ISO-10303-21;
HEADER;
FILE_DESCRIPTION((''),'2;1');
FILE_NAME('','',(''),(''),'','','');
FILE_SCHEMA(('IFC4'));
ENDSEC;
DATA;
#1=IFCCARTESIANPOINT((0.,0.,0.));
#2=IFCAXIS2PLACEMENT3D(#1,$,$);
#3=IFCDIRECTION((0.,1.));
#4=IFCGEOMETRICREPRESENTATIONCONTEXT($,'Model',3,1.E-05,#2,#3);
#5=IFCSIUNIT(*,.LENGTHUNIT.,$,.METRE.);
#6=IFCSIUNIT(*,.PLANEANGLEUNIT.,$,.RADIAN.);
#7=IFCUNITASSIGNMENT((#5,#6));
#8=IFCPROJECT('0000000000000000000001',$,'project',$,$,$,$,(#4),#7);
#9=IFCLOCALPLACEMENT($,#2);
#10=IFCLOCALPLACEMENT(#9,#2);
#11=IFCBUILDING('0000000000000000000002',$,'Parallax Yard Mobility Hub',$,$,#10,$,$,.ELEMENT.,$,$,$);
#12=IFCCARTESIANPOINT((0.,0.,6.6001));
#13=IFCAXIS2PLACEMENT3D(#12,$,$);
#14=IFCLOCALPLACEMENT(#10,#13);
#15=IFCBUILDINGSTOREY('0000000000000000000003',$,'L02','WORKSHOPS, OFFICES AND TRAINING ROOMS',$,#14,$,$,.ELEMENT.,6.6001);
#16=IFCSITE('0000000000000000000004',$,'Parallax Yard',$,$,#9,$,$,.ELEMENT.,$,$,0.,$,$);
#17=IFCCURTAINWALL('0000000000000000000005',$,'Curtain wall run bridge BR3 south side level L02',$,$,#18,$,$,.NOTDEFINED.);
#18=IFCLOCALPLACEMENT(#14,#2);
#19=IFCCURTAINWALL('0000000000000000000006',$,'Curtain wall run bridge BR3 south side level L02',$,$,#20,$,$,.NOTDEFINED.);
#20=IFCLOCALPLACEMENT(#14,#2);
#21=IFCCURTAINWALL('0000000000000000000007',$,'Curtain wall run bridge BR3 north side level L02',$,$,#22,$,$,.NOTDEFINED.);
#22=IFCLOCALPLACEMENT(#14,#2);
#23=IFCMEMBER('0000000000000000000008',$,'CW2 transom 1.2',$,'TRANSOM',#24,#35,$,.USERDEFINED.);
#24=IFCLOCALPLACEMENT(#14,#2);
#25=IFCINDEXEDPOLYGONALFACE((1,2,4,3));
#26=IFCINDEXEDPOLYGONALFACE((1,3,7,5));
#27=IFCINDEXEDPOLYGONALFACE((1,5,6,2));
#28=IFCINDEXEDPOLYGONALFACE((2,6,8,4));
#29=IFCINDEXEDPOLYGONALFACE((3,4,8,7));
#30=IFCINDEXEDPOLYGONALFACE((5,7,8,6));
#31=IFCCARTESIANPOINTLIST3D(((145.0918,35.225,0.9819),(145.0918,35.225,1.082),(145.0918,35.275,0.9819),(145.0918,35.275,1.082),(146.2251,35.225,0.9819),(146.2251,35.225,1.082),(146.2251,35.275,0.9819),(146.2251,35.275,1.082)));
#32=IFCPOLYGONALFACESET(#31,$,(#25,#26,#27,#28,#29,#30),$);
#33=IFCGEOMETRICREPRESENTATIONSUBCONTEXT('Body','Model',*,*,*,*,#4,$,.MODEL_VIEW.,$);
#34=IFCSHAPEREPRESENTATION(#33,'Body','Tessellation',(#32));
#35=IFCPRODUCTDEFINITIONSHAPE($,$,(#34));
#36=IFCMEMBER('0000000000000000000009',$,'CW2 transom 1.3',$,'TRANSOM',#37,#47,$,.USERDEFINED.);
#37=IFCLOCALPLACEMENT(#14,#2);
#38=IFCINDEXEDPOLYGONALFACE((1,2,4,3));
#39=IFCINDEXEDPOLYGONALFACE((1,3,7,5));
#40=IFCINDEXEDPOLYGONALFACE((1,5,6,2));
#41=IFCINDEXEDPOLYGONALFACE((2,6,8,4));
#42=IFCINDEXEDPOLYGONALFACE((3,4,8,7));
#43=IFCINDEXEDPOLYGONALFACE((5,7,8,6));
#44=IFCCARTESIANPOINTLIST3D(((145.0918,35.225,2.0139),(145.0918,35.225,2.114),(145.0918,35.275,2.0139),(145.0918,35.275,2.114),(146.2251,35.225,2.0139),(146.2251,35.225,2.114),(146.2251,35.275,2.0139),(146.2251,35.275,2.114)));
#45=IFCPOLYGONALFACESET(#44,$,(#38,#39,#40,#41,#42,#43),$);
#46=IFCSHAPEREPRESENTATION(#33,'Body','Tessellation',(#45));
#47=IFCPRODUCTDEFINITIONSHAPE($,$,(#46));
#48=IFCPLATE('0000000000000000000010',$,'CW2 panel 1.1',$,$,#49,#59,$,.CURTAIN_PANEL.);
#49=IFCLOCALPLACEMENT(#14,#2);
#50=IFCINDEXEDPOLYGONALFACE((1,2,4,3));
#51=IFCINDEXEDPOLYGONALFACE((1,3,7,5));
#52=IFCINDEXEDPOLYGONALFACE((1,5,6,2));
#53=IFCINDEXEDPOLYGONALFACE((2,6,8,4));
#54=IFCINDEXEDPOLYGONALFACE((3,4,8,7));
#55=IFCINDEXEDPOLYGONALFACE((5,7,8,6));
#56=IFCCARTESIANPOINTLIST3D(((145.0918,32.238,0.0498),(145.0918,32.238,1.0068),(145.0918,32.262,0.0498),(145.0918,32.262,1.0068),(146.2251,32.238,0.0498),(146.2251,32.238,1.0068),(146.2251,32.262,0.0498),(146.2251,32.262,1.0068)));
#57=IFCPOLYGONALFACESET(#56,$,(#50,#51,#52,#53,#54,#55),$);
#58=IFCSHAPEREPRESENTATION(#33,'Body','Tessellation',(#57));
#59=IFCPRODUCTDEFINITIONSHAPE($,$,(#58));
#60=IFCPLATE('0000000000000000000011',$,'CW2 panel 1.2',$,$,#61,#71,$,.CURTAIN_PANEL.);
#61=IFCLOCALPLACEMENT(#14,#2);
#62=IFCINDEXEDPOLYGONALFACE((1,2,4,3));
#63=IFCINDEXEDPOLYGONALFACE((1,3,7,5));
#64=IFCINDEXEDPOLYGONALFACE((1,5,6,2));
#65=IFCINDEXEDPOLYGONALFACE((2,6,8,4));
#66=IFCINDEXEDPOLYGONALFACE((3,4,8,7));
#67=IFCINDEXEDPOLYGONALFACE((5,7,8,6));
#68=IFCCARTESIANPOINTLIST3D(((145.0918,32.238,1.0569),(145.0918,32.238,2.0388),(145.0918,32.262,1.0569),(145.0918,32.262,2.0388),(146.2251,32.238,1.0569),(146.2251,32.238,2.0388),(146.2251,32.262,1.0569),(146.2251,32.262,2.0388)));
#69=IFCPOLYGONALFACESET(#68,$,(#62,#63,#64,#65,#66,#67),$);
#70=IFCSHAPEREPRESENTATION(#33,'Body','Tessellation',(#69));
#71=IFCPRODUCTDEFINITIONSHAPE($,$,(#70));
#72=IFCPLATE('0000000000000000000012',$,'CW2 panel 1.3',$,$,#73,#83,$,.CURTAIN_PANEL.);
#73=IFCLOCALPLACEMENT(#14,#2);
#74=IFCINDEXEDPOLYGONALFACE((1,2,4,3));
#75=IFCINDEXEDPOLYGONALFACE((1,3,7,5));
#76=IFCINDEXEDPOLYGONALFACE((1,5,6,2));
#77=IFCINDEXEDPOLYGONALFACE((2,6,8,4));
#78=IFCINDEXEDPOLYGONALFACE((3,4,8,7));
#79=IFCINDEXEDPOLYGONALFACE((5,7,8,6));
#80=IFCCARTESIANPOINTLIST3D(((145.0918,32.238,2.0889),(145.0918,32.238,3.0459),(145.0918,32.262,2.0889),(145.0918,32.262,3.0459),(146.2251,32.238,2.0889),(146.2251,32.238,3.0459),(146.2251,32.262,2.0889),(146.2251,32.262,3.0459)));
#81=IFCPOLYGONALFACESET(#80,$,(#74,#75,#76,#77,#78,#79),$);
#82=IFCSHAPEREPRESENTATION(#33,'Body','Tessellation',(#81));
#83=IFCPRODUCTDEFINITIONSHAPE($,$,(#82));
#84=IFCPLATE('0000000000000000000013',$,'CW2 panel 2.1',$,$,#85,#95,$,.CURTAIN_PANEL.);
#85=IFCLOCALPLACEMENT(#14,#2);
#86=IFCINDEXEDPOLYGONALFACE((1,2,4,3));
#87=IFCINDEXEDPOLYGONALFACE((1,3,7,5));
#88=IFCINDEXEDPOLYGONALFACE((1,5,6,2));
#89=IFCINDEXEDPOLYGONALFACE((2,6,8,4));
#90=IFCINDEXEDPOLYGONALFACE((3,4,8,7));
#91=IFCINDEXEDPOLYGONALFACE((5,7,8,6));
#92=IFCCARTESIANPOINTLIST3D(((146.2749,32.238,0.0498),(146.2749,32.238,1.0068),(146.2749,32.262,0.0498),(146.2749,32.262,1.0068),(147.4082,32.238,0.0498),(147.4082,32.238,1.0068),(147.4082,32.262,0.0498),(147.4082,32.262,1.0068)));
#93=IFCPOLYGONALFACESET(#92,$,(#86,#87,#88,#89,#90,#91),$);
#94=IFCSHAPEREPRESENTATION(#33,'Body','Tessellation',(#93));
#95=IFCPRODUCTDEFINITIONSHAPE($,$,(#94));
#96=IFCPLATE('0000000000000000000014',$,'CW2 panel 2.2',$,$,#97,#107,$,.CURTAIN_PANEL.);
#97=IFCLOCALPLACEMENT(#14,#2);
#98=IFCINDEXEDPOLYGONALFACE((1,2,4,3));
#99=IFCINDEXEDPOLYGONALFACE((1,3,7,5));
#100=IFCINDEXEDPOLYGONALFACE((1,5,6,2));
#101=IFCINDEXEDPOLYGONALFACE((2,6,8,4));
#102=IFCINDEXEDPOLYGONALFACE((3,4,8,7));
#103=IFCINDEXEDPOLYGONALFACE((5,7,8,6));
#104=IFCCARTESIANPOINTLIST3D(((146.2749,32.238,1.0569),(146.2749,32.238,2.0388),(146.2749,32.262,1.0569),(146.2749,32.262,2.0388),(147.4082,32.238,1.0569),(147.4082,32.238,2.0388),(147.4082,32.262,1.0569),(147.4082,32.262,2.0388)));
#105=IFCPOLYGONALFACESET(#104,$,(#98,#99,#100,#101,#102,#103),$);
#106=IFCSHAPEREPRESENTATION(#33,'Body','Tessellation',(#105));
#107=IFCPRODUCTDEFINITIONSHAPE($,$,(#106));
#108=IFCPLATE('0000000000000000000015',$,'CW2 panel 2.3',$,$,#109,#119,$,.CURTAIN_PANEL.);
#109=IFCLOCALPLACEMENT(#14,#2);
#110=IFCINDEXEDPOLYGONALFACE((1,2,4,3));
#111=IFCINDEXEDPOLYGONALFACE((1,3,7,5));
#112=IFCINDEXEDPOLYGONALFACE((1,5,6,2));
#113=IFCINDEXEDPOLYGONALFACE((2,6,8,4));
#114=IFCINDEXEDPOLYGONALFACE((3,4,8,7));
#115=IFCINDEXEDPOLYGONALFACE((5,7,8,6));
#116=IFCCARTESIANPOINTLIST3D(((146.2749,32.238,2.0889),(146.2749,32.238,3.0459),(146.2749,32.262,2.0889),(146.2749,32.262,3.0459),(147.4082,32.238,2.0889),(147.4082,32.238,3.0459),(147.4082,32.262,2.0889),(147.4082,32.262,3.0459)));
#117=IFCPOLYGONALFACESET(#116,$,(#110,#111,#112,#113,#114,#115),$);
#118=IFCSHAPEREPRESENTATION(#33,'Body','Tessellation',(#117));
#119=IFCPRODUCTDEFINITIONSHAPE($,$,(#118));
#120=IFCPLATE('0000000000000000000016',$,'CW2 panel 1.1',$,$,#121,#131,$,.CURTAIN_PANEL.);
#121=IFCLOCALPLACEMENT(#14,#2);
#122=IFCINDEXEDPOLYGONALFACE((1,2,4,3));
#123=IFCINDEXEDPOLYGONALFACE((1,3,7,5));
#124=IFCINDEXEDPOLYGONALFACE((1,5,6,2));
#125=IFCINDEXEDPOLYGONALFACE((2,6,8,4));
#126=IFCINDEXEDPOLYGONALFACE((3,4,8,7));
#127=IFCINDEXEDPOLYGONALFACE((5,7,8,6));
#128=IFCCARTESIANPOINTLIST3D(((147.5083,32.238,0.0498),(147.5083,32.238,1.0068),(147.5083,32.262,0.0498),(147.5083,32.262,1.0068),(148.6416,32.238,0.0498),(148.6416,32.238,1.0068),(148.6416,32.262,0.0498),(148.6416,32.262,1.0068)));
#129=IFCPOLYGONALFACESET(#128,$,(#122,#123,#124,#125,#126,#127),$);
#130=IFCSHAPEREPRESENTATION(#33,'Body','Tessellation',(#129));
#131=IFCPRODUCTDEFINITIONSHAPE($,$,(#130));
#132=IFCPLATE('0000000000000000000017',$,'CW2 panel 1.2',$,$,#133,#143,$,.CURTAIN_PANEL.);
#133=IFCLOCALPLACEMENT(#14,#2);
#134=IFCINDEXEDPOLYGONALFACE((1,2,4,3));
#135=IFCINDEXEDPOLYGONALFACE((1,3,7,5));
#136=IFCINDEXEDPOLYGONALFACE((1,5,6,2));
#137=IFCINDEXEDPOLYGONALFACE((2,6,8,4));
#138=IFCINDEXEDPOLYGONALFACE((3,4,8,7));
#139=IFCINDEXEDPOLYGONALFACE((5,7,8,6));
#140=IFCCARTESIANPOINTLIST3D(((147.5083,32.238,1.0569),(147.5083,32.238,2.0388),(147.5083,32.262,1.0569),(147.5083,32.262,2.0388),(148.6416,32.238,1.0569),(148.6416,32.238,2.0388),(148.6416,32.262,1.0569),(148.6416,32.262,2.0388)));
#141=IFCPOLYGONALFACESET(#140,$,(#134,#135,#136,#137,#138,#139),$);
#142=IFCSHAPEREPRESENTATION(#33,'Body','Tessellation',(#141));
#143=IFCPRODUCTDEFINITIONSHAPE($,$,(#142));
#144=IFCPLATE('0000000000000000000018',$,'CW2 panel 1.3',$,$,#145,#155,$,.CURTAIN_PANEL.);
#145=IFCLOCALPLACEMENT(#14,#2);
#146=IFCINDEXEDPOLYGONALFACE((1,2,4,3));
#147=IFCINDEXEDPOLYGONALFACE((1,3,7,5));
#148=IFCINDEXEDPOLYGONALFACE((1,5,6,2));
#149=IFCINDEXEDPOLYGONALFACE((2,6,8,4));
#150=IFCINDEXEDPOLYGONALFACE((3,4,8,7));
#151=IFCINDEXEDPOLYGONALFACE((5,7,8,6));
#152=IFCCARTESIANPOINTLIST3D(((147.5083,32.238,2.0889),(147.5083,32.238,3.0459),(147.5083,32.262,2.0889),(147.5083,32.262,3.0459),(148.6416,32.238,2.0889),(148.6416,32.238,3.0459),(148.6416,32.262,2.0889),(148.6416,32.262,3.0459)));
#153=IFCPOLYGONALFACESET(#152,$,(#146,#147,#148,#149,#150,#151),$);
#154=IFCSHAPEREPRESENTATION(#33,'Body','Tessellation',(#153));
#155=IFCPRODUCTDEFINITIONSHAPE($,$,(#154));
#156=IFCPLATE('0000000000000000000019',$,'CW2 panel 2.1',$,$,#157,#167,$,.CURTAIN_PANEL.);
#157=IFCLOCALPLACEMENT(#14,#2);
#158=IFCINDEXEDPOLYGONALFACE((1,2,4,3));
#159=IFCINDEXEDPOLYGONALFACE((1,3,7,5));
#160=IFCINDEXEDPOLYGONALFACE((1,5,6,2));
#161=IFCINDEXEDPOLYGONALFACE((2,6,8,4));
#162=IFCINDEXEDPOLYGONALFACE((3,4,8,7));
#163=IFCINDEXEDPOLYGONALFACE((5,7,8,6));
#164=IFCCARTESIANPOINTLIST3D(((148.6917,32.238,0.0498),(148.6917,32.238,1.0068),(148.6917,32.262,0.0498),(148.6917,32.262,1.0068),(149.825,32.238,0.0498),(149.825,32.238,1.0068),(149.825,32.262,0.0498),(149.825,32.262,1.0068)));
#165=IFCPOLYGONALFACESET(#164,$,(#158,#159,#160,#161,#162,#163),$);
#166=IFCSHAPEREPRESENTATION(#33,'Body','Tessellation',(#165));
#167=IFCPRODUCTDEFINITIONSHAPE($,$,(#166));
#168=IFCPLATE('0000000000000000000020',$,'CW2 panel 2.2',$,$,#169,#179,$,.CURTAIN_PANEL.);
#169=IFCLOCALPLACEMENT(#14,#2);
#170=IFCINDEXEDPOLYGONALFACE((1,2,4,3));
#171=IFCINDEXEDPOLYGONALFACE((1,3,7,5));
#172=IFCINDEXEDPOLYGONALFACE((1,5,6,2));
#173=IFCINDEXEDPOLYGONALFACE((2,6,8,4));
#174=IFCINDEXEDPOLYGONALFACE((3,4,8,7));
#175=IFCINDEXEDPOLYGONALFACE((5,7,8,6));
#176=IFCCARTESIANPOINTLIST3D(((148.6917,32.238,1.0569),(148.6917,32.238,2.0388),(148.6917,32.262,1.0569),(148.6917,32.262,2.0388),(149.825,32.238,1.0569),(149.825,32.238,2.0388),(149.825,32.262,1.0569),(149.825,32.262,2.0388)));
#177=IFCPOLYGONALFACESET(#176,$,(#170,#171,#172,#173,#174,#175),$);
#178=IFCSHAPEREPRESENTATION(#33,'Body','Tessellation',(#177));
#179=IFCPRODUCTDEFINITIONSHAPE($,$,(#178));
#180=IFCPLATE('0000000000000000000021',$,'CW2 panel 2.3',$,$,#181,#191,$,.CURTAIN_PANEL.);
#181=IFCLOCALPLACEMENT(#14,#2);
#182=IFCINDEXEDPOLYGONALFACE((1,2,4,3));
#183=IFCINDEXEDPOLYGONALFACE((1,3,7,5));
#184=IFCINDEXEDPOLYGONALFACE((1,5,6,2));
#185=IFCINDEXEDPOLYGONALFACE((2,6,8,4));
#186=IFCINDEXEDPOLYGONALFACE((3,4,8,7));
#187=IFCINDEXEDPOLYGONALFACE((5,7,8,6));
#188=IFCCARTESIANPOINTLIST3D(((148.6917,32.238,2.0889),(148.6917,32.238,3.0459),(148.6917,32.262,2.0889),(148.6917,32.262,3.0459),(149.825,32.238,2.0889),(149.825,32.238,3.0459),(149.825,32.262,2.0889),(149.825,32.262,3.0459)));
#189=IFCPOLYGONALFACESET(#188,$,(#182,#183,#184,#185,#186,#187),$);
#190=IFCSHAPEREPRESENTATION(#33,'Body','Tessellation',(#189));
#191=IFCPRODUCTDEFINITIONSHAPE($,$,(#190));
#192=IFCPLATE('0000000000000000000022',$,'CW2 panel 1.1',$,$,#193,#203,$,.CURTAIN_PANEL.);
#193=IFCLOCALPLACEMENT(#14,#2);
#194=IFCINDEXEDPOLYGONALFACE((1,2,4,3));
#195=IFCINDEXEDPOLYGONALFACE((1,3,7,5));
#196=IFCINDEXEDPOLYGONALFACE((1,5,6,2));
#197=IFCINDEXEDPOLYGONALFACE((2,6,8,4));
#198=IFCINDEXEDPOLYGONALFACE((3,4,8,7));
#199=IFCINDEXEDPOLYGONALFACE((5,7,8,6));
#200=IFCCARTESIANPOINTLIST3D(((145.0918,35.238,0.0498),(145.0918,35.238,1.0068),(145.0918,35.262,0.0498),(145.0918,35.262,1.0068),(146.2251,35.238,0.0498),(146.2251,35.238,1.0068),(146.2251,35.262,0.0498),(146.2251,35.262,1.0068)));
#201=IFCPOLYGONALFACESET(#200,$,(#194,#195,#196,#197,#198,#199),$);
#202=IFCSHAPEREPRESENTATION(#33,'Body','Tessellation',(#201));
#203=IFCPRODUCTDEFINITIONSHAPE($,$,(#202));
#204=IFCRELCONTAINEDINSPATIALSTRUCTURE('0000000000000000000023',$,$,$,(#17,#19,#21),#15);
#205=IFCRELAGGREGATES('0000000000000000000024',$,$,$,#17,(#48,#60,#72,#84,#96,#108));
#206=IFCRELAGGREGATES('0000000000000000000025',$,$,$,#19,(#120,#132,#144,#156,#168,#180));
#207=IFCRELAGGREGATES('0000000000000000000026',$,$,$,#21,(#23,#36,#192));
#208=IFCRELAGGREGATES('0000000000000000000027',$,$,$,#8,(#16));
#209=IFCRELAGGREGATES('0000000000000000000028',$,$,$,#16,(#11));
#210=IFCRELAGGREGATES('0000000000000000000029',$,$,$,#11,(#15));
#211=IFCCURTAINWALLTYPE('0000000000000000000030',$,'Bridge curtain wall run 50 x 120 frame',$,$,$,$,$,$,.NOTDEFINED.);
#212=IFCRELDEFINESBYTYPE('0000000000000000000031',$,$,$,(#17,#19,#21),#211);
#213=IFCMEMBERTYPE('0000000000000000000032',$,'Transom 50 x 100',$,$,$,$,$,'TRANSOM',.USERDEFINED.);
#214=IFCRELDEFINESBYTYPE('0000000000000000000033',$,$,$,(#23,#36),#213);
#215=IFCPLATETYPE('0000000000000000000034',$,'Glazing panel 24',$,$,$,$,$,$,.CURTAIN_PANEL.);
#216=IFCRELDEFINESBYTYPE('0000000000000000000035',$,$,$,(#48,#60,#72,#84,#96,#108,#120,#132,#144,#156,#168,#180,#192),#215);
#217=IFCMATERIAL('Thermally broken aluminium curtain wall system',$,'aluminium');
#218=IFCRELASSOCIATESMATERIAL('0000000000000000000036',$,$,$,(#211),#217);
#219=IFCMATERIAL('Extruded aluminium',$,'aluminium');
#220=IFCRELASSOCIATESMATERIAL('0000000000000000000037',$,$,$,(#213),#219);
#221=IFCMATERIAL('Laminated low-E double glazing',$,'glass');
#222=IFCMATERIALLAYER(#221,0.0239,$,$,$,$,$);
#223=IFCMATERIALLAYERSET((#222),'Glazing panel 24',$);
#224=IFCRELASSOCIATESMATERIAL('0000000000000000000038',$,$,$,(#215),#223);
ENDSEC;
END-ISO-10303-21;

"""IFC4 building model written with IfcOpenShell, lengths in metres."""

from ifc_helpers import new_model, si_unit, direction, frame, origin, origin_2d, place, context, subcontext, project, spatial, rectangle, extrude, material, layer, layer_set, material_profile, profile_set, type_object, element, aggregate, save


model = new_model("IFC4")

# Units and contexts
model_context = context("Model", 3, precision=1e-05, world=origin(), true_north=direction((0.0, 1.0)))
body_context = subcontext(model_context, "Body", "Model", "MODEL_VIEW")
ifc_project = project(units=[si_unit("LENGTHUNIT", "METRE"), si_unit("PLANEANGLEUNIT", "RADIAN")], contexts=[model_context])

# Site, building, storey
site_placement = place(None, origin())
site = spatial("IfcSite", under=ifc_project, at=site_placement, Name="Parallax Yard", CompositionType="ELEMENT", RefElevation=0.0)
building_placement = place(site_placement, origin())
building = spatial("IfcBuilding", under=site, at=building_placement, Name="Parallax Yard Mobility Hub", CompositionType="ELEMENT")
storey_placement = place(building_placement, frame((0.0, 0.0, 6.6001)))
storey = spatial("IfcBuildingStorey", under=building, at=storey_placement, Name="L02", Description="WORKSHOPS, OFFICES AND TRAINING ROOMS", CompositionType="ELEMENT", Elevation=6.6001)

# Curtain walls
ifc_material_1 = material(Name="Thermally broken aluminium curtain wall system", Category="aluminium")
curtain_wall_type = type_object("IfcCurtainWallType", Name="Bridge curtain wall run 50 x 120 frame", PredefinedType="NOTDEFINED", material=ifc_material_1)
curtain_wall_1_placement = place(storey_placement, origin())
curtain_wall_1 = element("IfcCurtainWall", 1, at=curtain_wall_1_placement, inside=storey, type_object=curtain_wall_type, Name="Curtain wall run bridge BR3 south side level L02", PredefinedType="NOTDEFINED")
ifc_material_2 = material(Name="Extruded aluminium", Category="aluminium")
curtain_wall_2_placement = place(storey_placement, origin())
curtain_wall_2 = element("IfcCurtainWall", 2, at=curtain_wall_2_placement, inside=storey, type_object=curtain_wall_type, Name="Curtain wall run bridge BR3 south side level L02", PredefinedType="NOTDEFINED")

# Shared definitions
ifc_material_profile_1 = material_profile(ifc_material_2, rectangle(XDim=0.05, YDim=0.1001, at=origin_2d()), Name="Transom 50 x 100")
ifc_profile_set_1 = profile_set([ifc_material_profile_1], Name="Extruded aluminium")
member_type_1 = type_object("IfcMemberType", Name="Transom 50 x 100", ElementType="TRANSOM", PredefinedType="USERDEFINED", material=ifc_profile_set_1)

# Curtain wall, members
curtain_wall_3_placement = place(storey_placement, origin())
curtain_wall_3 = element("IfcCurtainWall", 3, at=curtain_wall_3_placement, inside=storey, type_object=curtain_wall_type, Name="Curtain wall run bridge BR3 north side level L02", PredefinedType="NOTDEFINED")
member_1_placement = place(storey_placement, frame((145.0918, 35.25, 1.032), z_axis=(1.0, 0.0, 0.0), x_axis=(0.0, 1.0, 0.0)))
member_1 = element("IfcMember", 4, at=member_1_placement, type_object=member_type_1, Name="CW2 transom 1.2", ObjectType="TRANSOM", PredefinedType="USERDEFINED", context=body_context, shape_type="SweptSolid", body=[
    extrude(rectangle(XDim=0.05, YDim=0.1001, at=origin_2d()), origin(), (0.0, 0.0, 1.0), 1.1333),
])
member_2_placement = place(storey_placement, frame((145.0918, 35.25, 2.064), z_axis=(1.0, 0.0, 0.0), x_axis=(0.0, 1.0, 0.0)))
member_2 = element("IfcMember", 5, at=member_2_placement, type_object=member_type_1, Name="CW2 transom 1.3", ObjectType="TRANSOM", PredefinedType="USERDEFINED", context=body_context, shape_type="SweptSolid", body=[
    extrude(rectangle(XDim=0.05, YDim=0.1001, at=origin_2d()), origin(), (0.0, 0.0, 1.0), 1.1333),
])

# Plates
ifc_material_3 = material(Name="Laminated low-E double glazing", Category="glass")
ifc_layer = layer(ifc_material_3, 0.0239)
ifc_layer_set = layer_set([ifc_layer], Name="Glazing panel 24")
plate_type = type_object("IfcPlateType", Name="Glazing panel 24", PredefinedType="CURTAIN_PANEL", material=ifc_layer_set)
plate_1_placement = place(storey_placement, frame((145.6584, 32.25, 0.0498), z_axis=(0.0, 0.0, 1.0), x_axis=(1.0, 0.0, 0.0)))
plate_1 = element("IfcPlate", 6, at=plate_1_placement, type_object=plate_type, Name="CW2 panel 1.1", PredefinedType="CURTAIN_PANEL", context=body_context, shape_type="SweptSolid", body=[
    extrude(rectangle(XDim=1.1333, YDim=0.0239, at=origin_2d()), origin(), (0.0, 0.0, 1.0), 0.957),
])
plate_2_placement = place(storey_placement, frame((145.6584, 32.25, 1.0569), z_axis=(0.0, 0.0, 1.0), x_axis=(1.0, 0.0, 0.0)))
plate_2 = element("IfcPlate", 7, at=plate_2_placement, type_object=plate_type, Name="CW2 panel 1.2", PredefinedType="CURTAIN_PANEL", context=body_context, shape_type="SweptSolid", body=[
    extrude(rectangle(XDim=1.1333, YDim=0.0239, at=origin_2d()), origin(), (0.0, 0.0, 1.0), 0.9819),
])
plate_3_placement = place(storey_placement, frame((145.6584, 32.25, 2.0889), z_axis=(0.0, 0.0, 1.0), x_axis=(1.0, 0.0, 0.0)))
plate_3 = element("IfcPlate", 8, at=plate_3_placement, type_object=plate_type, Name="CW2 panel 1.3", PredefinedType="CURTAIN_PANEL", context=body_context, shape_type="SweptSolid", body=[
    extrude(rectangle(XDim=1.1333, YDim=0.0239, at=origin_2d()), origin(), (0.0, 0.0, 1.0), 0.957),
])
plate_4_placement = place(storey_placement, frame((146.8416, 32.25, 0.0498), z_axis=(0.0, 0.0, 1.0), x_axis=(1.0, 0.0, 0.0)))
plate_4 = element("IfcPlate", 9, at=plate_4_placement, type_object=plate_type, Name="CW2 panel 2.1", PredefinedType="CURTAIN_PANEL", context=body_context, shape_type="SweptSolid", body=[
    extrude(rectangle(XDim=1.1333, YDim=0.0239, at=origin_2d()), origin(), (0.0, 0.0, 1.0), 0.957),
])
plate_5_placement = place(storey_placement, frame((146.8416, 32.25, 1.0569), z_axis=(0.0, 0.0, 1.0), x_axis=(1.0, 0.0, 0.0)))
plate_5 = element("IfcPlate", 10, at=plate_5_placement, type_object=plate_type, Name="CW2 panel 2.2", PredefinedType="CURTAIN_PANEL", context=body_context, shape_type="SweptSolid", body=[
    extrude(rectangle(XDim=1.1333, YDim=0.0239, at=origin_2d()), origin(), (0.0, 0.0, 1.0), 0.9819),
])
plate_6_placement = place(storey_placement, frame((146.8416, 32.25, 2.0889), z_axis=(0.0, 0.0, 1.0), x_axis=(1.0, 0.0, 0.0)))
plate_6 = element("IfcPlate", 11, at=plate_6_placement, type_object=plate_type, Name="CW2 panel 2.3", PredefinedType="CURTAIN_PANEL", context=body_context, shape_type="SweptSolid", body=[
    extrude(rectangle(XDim=1.1333, YDim=0.0239, at=origin_2d()), origin(), (0.0, 0.0, 1.0), 0.957),
])
aggregate(curtain_wall_1, [plate_1, plate_2, plate_3, plate_4, plate_5, plate_6])
plate_7_placement = place(storey_placement, frame((148.075, 32.25, 0.0498), z_axis=(0.0, 0.0, 1.0), x_axis=(1.0, 0.0, 0.0)))
plate_7 = element("IfcPlate", 12, at=plate_7_placement, type_object=plate_type, Name="CW2 panel 1.1", PredefinedType="CURTAIN_PANEL", context=body_context, shape_type="SweptSolid", body=[
    extrude(rectangle(XDim=1.1333, YDim=0.0239, at=origin_2d()), origin(), (0.0, 0.0, 1.0), 0.957),
])
plate_8_placement = place(storey_placement, frame((148.075, 32.25, 1.0569), z_axis=(0.0, 0.0, 1.0), x_axis=(1.0, 0.0, 0.0)))
plate_8 = element("IfcPlate", 13, at=plate_8_placement, type_object=plate_type, Name="CW2 panel 1.2", PredefinedType="CURTAIN_PANEL", context=body_context, shape_type="SweptSolid", body=[
    extrude(rectangle(XDim=1.1333, YDim=0.0239, at=origin_2d()), origin(), (0.0, 0.0, 1.0), 0.9819),
])
plate_9_placement = place(storey_placement, frame((148.075, 32.25, 2.0889), z_axis=(0.0, 0.0, 1.0), x_axis=(1.0, 0.0, 0.0)))
plate_9 = element("IfcPlate", 14, at=plate_9_placement, type_object=plate_type, Name="CW2 panel 1.3", PredefinedType="CURTAIN_PANEL", context=body_context, shape_type="SweptSolid", body=[
    extrude(rectangle(XDim=1.1333, YDim=0.0239, at=origin_2d()), origin(), (0.0, 0.0, 1.0), 0.957),
])
plate_10_placement = place(storey_placement, frame((149.2583, 32.25, 0.0498), z_axis=(0.0, 0.0, 1.0), x_axis=(1.0, 0.0, 0.0)))
plate_10 = element("IfcPlate", 15, at=plate_10_placement, type_object=plate_type, Name="CW2 panel 2.1", PredefinedType="CURTAIN_PANEL", context=body_context, shape_type="SweptSolid", body=[
    extrude(rectangle(XDim=1.1333, YDim=0.0239, at=origin_2d()), origin(), (0.0, 0.0, 1.0), 0.957),
])
plate_11_placement = place(storey_placement, frame((149.2583, 32.25, 1.0569), z_axis=(0.0, 0.0, 1.0), x_axis=(1.0, 0.0, 0.0)))
plate_11 = element("IfcPlate", 16, at=plate_11_placement, type_object=plate_type, Name="CW2 panel 2.2", PredefinedType="CURTAIN_PANEL", context=body_context, shape_type="SweptSolid", body=[
    extrude(rectangle(XDim=1.1333, YDim=0.0239, at=origin_2d()), origin(), (0.0, 0.0, 1.0), 0.9819),
])
plate_12_placement = place(storey_placement, frame((149.2583, 32.25, 2.0889), z_axis=(0.0, 0.0, 1.0), x_axis=(1.0, 0.0, 0.0)))
plate_12 = element("IfcPlate", 17, at=plate_12_placement, type_object=plate_type, Name="CW2 panel 2.3", PredefinedType="CURTAIN_PANEL", context=body_context, shape_type="SweptSolid", body=[
    extrude(rectangle(XDim=1.1333, YDim=0.0239, at=origin_2d()), origin(), (0.0, 0.0, 1.0), 0.957),
])
aggregate(curtain_wall_2, [plate_7, plate_8, plate_9, plate_10, plate_11, plate_12])
plate_13_placement = place(storey_placement, frame((145.6584, 35.25, 0.0498), z_axis=(0.0, 0.0, 1.0), x_axis=(1.0, 0.0, 0.0)))
plate_13 = element("IfcPlate", 18, at=plate_13_placement, type_object=plate_type, Name="CW2 panel 1.1", PredefinedType="CURTAIN_PANEL", context=body_context, shape_type="SweptSolid", body=[
    extrude(rectangle(XDim=1.1333, YDim=0.0239, at=origin_2d()), origin(), (0.0, 0.0, 1.0), 0.957),
])
aggregate(curtain_wall_3, [member_1, member_2, plate_13])

save(model, "model.ifc")
